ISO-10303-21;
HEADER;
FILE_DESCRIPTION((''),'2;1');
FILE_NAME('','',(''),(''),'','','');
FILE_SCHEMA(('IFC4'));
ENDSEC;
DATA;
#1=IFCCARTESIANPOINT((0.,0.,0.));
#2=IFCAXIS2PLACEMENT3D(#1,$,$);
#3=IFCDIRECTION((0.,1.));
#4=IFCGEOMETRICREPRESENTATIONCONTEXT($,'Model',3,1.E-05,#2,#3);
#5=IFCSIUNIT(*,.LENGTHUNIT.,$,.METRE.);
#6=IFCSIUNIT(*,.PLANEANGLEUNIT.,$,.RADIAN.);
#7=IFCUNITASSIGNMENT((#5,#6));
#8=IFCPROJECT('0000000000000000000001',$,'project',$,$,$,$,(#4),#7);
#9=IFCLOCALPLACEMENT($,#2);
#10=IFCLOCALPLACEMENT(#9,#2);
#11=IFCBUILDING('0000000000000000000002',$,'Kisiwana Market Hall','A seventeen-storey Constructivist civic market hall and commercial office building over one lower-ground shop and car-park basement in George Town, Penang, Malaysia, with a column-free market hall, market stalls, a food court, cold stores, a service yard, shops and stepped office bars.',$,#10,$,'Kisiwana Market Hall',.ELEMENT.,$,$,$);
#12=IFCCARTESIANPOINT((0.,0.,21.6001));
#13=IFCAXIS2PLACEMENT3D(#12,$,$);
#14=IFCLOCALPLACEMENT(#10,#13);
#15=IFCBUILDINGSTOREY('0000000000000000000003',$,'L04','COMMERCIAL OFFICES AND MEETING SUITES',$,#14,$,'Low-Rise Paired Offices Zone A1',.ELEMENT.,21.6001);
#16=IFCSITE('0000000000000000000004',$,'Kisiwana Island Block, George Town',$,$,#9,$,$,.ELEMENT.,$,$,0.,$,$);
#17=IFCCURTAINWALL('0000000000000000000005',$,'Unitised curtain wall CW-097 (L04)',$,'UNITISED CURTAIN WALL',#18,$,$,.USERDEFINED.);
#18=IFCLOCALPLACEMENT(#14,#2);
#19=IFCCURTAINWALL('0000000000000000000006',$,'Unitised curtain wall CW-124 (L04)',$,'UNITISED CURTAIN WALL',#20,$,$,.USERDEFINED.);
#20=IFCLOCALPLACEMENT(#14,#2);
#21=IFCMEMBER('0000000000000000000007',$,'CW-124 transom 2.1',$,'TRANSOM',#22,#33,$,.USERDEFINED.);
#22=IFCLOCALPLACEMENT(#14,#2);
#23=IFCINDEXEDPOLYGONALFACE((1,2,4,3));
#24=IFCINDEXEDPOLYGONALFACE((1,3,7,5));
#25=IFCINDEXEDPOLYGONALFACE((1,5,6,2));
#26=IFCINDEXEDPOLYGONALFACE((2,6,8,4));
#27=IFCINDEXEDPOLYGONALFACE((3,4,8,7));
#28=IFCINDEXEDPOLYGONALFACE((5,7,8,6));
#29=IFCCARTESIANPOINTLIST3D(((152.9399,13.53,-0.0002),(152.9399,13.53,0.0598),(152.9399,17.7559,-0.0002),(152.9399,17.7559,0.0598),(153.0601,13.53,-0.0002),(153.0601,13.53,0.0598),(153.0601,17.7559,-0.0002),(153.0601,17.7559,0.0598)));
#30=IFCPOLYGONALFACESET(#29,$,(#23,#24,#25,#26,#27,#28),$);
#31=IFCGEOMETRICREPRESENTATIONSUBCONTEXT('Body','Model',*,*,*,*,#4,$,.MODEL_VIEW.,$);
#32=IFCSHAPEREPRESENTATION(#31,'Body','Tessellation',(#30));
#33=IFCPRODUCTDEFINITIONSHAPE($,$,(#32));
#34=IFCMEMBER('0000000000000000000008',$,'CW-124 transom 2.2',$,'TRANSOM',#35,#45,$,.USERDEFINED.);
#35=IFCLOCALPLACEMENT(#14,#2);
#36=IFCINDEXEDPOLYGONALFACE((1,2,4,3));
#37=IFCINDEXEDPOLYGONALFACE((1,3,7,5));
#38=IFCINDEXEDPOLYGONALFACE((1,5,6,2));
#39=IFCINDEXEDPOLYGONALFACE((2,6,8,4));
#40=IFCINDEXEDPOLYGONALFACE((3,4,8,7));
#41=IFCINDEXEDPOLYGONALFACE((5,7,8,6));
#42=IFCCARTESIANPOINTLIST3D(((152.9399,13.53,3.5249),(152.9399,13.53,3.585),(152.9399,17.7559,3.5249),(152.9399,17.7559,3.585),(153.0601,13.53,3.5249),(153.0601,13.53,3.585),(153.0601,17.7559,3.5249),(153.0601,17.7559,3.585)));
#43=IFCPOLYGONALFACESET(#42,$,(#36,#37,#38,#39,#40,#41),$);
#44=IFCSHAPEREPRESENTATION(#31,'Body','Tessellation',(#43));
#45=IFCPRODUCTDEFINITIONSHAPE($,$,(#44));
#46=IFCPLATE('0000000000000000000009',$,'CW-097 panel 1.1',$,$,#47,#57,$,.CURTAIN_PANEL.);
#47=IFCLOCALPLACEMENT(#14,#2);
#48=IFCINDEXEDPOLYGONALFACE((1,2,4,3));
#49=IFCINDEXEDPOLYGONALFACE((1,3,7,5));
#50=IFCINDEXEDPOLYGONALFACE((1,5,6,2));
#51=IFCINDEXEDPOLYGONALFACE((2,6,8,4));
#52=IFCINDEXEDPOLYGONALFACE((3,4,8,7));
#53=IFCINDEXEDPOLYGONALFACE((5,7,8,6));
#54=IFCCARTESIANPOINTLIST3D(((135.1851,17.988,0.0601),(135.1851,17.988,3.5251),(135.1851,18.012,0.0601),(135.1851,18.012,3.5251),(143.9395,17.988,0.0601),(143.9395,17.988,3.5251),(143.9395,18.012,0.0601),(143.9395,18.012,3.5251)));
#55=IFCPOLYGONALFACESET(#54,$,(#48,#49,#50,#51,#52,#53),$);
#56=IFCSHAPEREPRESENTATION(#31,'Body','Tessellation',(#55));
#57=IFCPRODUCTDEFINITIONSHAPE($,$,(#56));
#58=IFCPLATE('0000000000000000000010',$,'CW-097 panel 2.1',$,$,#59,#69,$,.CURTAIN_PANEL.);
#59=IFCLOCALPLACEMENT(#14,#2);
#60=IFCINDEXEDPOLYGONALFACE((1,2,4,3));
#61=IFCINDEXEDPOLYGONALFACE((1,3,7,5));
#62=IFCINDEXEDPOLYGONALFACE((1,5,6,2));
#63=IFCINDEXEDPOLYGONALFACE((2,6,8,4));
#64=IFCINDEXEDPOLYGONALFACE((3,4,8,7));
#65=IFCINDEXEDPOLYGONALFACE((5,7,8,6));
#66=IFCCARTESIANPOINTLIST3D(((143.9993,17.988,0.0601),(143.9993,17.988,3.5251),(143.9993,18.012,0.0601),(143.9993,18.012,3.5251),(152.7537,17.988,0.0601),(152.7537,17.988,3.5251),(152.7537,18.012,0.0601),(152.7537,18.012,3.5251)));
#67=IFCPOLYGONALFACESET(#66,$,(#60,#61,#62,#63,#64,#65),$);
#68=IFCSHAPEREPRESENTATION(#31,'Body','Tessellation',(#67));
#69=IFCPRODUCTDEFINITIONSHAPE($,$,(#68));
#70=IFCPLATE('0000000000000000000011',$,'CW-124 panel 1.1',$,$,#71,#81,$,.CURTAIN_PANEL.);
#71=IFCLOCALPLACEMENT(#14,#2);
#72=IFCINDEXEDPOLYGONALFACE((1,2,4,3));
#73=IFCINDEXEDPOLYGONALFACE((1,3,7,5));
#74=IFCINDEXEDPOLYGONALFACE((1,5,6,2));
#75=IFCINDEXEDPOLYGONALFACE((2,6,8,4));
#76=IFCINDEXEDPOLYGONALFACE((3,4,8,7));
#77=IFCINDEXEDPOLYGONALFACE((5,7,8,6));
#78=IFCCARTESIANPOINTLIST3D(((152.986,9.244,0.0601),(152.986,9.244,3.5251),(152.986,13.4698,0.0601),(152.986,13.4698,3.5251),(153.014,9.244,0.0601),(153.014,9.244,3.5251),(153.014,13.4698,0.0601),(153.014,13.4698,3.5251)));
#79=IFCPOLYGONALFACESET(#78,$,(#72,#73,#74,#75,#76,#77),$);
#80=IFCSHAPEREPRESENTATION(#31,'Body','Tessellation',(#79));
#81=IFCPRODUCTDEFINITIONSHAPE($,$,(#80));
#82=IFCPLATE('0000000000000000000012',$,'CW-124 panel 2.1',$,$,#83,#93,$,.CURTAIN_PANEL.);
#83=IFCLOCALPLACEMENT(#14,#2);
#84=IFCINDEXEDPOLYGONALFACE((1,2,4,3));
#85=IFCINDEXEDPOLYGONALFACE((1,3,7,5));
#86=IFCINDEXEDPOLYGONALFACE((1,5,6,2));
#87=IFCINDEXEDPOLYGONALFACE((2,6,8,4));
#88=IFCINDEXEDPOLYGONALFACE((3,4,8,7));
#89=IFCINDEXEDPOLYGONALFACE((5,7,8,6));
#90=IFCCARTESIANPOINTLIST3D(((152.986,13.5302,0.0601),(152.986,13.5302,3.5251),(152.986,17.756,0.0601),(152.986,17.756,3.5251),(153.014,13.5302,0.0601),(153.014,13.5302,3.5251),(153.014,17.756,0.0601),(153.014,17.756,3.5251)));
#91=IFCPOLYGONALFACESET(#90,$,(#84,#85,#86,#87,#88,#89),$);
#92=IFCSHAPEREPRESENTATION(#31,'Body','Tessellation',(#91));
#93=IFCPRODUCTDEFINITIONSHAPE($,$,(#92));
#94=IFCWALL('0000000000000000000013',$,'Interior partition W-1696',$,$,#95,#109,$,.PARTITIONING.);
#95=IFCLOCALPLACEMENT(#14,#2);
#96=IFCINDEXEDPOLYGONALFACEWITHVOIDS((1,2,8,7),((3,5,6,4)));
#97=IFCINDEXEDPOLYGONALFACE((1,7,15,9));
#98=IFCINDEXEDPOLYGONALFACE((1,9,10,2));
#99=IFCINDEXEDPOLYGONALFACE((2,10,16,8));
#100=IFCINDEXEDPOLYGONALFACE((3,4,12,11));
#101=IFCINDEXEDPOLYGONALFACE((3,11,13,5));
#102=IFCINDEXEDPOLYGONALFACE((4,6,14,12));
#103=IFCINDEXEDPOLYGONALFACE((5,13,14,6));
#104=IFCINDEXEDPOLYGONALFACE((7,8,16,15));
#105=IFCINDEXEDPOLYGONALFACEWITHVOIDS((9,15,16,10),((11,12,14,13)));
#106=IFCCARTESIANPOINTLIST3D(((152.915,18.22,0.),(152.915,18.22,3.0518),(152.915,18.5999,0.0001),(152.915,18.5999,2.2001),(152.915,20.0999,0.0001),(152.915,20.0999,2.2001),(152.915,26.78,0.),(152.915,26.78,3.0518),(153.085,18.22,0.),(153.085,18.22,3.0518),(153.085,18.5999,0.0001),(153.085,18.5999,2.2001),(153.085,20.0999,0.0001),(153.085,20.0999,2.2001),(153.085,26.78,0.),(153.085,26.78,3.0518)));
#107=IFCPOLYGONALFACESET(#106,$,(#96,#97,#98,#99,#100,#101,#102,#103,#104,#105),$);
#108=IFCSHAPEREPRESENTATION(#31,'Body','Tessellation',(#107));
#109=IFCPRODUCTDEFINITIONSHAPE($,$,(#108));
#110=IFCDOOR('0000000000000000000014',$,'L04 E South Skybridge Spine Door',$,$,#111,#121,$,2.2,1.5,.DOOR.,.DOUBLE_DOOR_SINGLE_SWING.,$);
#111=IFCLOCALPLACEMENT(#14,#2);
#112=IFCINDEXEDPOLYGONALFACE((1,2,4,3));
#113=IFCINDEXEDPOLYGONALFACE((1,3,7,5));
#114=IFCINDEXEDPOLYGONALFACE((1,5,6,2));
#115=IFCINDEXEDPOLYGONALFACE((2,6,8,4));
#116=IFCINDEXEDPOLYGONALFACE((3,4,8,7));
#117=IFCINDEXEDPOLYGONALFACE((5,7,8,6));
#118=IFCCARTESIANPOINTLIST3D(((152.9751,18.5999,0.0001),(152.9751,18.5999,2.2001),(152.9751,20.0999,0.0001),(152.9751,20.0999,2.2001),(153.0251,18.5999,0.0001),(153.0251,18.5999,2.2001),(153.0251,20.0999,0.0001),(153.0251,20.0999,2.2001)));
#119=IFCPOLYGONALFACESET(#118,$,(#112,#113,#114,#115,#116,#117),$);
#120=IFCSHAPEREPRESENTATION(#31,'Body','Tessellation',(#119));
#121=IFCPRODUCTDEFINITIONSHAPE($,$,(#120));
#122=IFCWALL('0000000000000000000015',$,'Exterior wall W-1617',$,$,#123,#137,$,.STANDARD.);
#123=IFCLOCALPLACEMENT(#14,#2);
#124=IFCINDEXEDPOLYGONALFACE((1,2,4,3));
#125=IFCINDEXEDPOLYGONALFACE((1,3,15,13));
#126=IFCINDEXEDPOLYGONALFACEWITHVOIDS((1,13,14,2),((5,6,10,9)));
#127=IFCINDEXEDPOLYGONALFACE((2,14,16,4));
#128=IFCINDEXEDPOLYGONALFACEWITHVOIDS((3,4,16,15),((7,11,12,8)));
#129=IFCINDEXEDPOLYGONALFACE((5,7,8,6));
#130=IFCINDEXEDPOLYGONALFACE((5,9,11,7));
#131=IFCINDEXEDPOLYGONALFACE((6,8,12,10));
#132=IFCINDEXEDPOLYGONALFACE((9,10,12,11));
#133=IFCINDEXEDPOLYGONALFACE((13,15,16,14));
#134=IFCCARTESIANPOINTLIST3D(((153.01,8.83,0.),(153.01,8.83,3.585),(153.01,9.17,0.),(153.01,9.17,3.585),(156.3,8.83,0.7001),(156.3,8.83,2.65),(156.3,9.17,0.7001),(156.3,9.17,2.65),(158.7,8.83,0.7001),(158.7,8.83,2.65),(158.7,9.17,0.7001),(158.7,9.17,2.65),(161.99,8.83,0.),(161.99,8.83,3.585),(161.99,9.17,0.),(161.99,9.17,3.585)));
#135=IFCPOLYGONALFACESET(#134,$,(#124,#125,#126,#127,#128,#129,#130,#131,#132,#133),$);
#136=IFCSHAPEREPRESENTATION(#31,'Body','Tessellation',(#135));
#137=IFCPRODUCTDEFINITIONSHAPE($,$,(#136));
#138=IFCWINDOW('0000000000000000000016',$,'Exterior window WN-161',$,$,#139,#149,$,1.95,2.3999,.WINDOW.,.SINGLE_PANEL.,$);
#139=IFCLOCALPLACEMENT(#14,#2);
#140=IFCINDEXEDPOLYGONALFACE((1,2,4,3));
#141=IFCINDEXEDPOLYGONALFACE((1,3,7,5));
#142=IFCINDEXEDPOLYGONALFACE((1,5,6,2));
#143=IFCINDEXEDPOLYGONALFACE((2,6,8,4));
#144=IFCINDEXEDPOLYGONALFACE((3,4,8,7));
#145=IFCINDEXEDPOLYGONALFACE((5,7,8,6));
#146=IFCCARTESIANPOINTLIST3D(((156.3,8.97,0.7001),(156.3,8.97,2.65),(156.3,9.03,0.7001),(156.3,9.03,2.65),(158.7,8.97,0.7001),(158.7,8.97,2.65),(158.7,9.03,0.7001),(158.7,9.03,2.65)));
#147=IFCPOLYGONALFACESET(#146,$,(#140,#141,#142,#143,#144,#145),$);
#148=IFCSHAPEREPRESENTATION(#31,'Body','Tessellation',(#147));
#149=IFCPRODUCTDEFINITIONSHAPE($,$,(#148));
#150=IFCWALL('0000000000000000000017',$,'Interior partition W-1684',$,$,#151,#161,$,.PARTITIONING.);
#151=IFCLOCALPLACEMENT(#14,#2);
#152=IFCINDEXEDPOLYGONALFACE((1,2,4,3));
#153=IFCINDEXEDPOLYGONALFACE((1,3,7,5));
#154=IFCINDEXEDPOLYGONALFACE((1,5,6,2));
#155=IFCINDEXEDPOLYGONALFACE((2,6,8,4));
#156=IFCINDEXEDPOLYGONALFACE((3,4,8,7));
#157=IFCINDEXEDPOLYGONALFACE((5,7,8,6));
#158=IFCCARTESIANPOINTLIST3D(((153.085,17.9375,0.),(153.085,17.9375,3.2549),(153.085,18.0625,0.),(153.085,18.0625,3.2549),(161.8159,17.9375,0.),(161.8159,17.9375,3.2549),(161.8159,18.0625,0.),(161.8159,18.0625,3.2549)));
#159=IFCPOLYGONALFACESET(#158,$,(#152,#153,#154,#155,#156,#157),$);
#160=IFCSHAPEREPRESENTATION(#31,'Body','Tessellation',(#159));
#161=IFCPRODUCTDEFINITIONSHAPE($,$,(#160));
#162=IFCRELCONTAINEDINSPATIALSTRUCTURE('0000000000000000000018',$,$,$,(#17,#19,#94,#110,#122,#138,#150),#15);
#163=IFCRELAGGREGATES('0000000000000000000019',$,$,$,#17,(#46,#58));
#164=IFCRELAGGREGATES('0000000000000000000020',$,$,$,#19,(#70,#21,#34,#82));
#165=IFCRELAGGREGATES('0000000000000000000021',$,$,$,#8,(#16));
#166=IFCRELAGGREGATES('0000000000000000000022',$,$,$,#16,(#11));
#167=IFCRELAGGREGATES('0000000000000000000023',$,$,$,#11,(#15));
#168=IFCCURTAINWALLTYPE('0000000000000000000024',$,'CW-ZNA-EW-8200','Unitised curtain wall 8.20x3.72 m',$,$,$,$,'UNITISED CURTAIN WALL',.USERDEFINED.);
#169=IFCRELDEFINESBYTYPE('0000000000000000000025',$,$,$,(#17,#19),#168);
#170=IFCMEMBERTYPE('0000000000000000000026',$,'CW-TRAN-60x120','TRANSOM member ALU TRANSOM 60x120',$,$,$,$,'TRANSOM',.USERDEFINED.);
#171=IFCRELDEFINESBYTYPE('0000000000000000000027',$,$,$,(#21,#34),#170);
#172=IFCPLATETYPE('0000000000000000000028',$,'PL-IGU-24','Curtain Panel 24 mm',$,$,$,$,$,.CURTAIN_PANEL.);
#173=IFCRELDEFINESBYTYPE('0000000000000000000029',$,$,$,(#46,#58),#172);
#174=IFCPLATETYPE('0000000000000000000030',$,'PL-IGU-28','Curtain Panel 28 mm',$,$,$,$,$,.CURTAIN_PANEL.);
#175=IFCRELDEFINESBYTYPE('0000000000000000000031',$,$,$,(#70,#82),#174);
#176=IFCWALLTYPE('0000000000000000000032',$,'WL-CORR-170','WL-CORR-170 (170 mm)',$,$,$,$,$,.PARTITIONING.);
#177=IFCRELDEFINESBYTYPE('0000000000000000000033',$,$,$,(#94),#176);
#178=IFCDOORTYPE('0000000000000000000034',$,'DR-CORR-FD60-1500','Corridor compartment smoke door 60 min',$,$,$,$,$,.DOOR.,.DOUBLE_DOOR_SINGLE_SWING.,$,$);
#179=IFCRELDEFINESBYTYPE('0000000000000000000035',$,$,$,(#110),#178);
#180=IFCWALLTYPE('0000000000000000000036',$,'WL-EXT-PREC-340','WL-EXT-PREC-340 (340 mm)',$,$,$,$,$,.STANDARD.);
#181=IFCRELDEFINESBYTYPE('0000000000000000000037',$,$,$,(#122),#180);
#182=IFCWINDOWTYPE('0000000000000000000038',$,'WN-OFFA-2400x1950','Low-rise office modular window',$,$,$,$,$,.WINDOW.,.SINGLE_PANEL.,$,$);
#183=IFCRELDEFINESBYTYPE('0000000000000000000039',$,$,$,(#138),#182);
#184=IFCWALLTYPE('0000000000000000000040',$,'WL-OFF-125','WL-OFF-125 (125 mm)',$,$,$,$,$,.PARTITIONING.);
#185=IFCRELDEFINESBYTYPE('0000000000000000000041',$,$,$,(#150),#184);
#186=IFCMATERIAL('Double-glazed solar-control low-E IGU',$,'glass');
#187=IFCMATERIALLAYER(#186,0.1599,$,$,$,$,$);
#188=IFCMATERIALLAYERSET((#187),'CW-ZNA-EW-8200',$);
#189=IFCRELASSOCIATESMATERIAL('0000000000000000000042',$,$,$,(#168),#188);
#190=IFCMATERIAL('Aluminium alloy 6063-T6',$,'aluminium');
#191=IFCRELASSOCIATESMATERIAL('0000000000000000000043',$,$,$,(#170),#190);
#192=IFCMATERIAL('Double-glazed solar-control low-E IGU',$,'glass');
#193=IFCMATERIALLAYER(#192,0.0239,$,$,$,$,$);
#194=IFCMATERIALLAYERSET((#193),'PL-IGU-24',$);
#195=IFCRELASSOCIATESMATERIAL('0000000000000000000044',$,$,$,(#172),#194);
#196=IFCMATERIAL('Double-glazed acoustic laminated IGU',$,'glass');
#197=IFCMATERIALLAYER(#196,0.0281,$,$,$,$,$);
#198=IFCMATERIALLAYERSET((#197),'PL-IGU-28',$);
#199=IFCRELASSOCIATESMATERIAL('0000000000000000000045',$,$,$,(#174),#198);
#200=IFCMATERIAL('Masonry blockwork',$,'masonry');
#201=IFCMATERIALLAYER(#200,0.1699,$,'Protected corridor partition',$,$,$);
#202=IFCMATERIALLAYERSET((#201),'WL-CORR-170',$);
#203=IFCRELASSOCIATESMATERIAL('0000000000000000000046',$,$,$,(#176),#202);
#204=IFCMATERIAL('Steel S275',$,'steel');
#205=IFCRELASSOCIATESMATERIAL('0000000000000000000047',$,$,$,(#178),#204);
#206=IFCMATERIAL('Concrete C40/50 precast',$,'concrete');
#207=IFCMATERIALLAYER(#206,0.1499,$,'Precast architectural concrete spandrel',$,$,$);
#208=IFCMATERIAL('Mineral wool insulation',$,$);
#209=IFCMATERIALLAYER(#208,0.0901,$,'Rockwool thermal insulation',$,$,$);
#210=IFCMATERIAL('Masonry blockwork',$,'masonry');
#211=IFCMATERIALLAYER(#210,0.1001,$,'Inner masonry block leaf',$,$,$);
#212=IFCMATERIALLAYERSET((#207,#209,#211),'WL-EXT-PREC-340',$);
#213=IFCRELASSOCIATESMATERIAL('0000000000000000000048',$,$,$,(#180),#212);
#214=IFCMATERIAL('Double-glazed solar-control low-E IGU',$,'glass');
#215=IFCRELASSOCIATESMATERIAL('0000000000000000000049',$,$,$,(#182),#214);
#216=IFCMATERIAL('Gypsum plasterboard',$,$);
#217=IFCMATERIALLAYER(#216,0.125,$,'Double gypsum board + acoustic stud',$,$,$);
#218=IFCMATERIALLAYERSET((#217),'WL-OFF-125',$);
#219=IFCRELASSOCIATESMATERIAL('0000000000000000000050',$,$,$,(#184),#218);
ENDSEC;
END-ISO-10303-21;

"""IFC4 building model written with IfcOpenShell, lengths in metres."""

from ifc_helpers import new_model, si_unit, direction, frame, frame_2d, origin, origin_2d, place, context, subcontext, project, spatial, rectangle, extrude, material, layer, layer_set, material_profile, profile_set, type_object, element, fill, aggregate, save


model = new_model("IFC4")

# Units and contexts
model_context = context("Model", 3, precision=1e-05, world=origin(), true_north=direction((0.0, 1.0)))
body_context = subcontext(model_context, "Body", "Model", "MODEL_VIEW")
ifc_project = project(units=[si_unit("LENGTHUNIT", "METRE"), si_unit("PLANEANGLEUNIT", "RADIAN")], contexts=[model_context])

# Site, building, storey
site_placement = place(None, origin())
site = spatial("IfcSite", under=ifc_project, at=site_placement, Name="Kisiwana Island Block, George Town", CompositionType="ELEMENT", RefElevation=0.0)
building_placement = place(site_placement, origin())
building = spatial("IfcBuilding", under=site, at=building_placement, Name="Kisiwana Market Hall", Description="A seventeen-storey Constructivist civic market hall and commercial office building over one lower-ground shop and car-park basement in George Town, Penang, Malaysia, with a column-free market hall, market stalls, a food court, cold stores, a service yard, shops and stepped office bars.", LongName="Kisiwana Market Hall", CompositionType="ELEMENT")
storey_placement = place(building_placement, frame((0.0, 0.0, 21.6001)))
storey = spatial("IfcBuildingStorey", under=building, at=storey_placement, Name="L04", Description="COMMERCIAL OFFICES AND MEETING SUITES", LongName="Low-Rise Paired Offices Zone A1", CompositionType="ELEMENT", Elevation=21.6001)

# Curtain walls
ifc_material_1 = material(Name="Double-glazed solar-control low-E IGU", Category="glass")
ifc_layer_1 = layer(ifc_material_1, 0.1599)
ifc_layer_set_1 = layer_set([ifc_layer_1], Name="CW-ZNA-EW-8200")
curtain_wall_type = type_object("IfcCurtainWallType", Name="CW-ZNA-EW-8200", Description="Unitised curtain wall 8.20x3.72 m", ElementType="UNITISED CURTAIN WALL", PredefinedType="USERDEFINED", material=ifc_layer_set_1)
curtain_wall_1_placement = place(storey_placement, origin())
curtain_wall_1 = element("IfcCurtainWall", 1, at=curtain_wall_1_placement, inside=storey, type_object=curtain_wall_type, Name="Unitised curtain wall CW-097 (L04)", ObjectType="UNITISED CURTAIN WALL", PredefinedType="USERDEFINED")
curtain_wall_2_placement = place(storey_placement, origin())
curtain_wall_2 = element("IfcCurtainWall", 2, at=curtain_wall_2_placement, inside=storey, type_object=curtain_wall_type, Name="Unitised curtain wall CW-124 (L04)", ObjectType="UNITISED CURTAIN WALL", PredefinedType="USERDEFINED")

# Members
ifc_material_2 = material(Name="Aluminium alloy 6063-T6", Category="aluminium")
ifc_material_profile_1 = material_profile(ifc_material_2, rectangle(XDim=0.1201, YDim=0.0601, at=origin_2d()), Name="ALU TRANSOM 60x120")
ifc_profile_set_1 = profile_set([ifc_material_profile_1], Name="Aluminium alloy 6063-T6")
member_type_1 = type_object("IfcMemberType", Name="CW-TRAN-60x120", Description="TRANSOM member ALU TRANSOM 60x120", ElementType="TRANSOM", PredefinedType="USERDEFINED", material=ifc_profile_set_1)
member_1_placement = place(storey_placement, frame((153.0, 13.53, 0.0298), z_axis=(0.0, 1.0, 0.0), x_axis=(-1.0, 0.0, 0.0)))
member_1 = element("IfcMember", 3, at=member_1_placement, type_object=member_type_1, Name="CW-124 transom 2.1", ObjectType="TRANSOM", PredefinedType="USERDEFINED", context=body_context, shape_type="SweptSolid", body=[
    extrude(rectangle(XDim=0.1201, YDim=0.0601, at=origin_2d()), origin(), (0.0, 0.0, 1.0), 4.2258),
])
member_2_placement = place(storey_placement, frame((153.0, 13.53, 3.5549), z_axis=(0.0, 1.0, 0.0), x_axis=(-1.0, 0.0, 0.0)))
member_2 = element("IfcMember", 4, at=member_2_placement, type_object=member_type_1, Name="CW-124 transom 2.2", ObjectType="TRANSOM", PredefinedType="USERDEFINED", context=body_context, shape_type="SweptSolid", body=[
    extrude(rectangle(XDim=0.1201, YDim=0.0601, at=origin_2d()), origin(), (0.0, 0.0, 1.0), 4.2258),
])

# Plates
ifc_material_3 = material(Name="Double-glazed solar-control low-E IGU", Category="glass")
ifc_layer_2 = layer(ifc_material_3, 0.0239)
ifc_layer_set_2 = layer_set([ifc_layer_2], Name="PL-IGU-24")
plate_type_1 = type_object("IfcPlateType", Name="PL-IGU-24", Description="Curtain Panel 24 mm", PredefinedType="CURTAIN_PANEL", material=ifc_layer_set_2)
plate_1_placement = place(storey_placement, frame((139.5623, 18.0, 0.0601), z_axis=(0.0, 0.0, 1.0), x_axis=(1.0, 0.0, 0.0)))
plate_1 = element("IfcPlate", 5, at=plate_1_placement, type_object=plate_type_1, Name="CW-097 panel 1.1", PredefinedType="CURTAIN_PANEL", context=body_context, shape_type="SweptSolid", body=[
    extrude(rectangle(XDim=8.7544, YDim=0.0239, at=origin_2d()), origin(), (0.0, 0.0, 1.0), 3.4651),
])
plate_2_placement = place(storey_placement, frame((148.3765, 18.0, 0.0601), z_axis=(0.0, 0.0, 1.0), x_axis=(1.0, 0.0, 0.0)))
plate_2 = element("IfcPlate", 6, at=plate_2_placement, type_object=plate_type_1, Name="CW-097 panel 2.1", PredefinedType="CURTAIN_PANEL", context=body_context, shape_type="SweptSolid", body=[
    extrude(rectangle(XDim=8.7544, YDim=0.0239, at=origin_2d()), origin(), (0.0, 0.0, 1.0), 3.4651),
])
aggregate(curtain_wall_1, [plate_1, plate_2])
ifc_material_4 = material(Name="Double-glazed acoustic laminated IGU", Category="glass")
ifc_layer_3 = layer(ifc_material_4, 0.0281)
ifc_layer_set_3 = layer_set([ifc_layer_3], Name="PL-IGU-28")
plate_type_2 = type_object("IfcPlateType", Name="PL-IGU-28", Description="Curtain Panel 28 mm", PredefinedType="CURTAIN_PANEL", material=ifc_layer_set_3)
plate_3_placement = place(storey_placement, frame((153.0, 11.3569, 0.0601), z_axis=(0.0, 0.0, 1.0), x_axis=(0.0, 1.0, 0.0)))
plate_3 = element("IfcPlate", 7, at=plate_3_placement, type_object=plate_type_2, Name="CW-124 panel 1.1", PredefinedType="CURTAIN_PANEL", context=body_context, shape_type="SweptSolid", body=[
    extrude(rectangle(XDim=4.2258, YDim=0.0281, at=origin_2d()), origin(), (0.0, 0.0, 1.0), 3.4651),
])
plate_4_placement = place(storey_placement, frame((153.0, 15.6431, 0.0601), z_axis=(0.0, 0.0, 1.0), x_axis=(0.0, 1.0, 0.0)))
plate_4 = element("IfcPlate", 8, at=plate_4_placement, type_object=plate_type_2, Name="CW-124 panel 2.1", PredefinedType="CURTAIN_PANEL", context=body_context, shape_type="SweptSolid", body=[
    extrude(rectangle(XDim=4.2258, YDim=0.0281, at=origin_2d()), origin(), (0.0, 0.0, 1.0), 3.4651),
])
aggregate(curtain_wall_2, [plate_3, member_1, member_2, plate_4])

# Wall, opening, door
ifc_material_5 = material(Name="Masonry blockwork", Category="masonry")
ifc_layer_4 = layer(ifc_material_5, 0.1699, Name="Protected corridor partition")
ifc_layer_set_4 = layer_set([ifc_layer_4], Name="WL-CORR-170")
wall_type_1 = type_object("IfcWallType", Name="WL-CORR-170", Description="WL-CORR-170 (170 mm)", PredefinedType="PARTITIONING", material=ifc_layer_set_4)
wall_1_placement = place(storey_placement, frame((153.0, 18.22, 0.0), z_axis=(0.0, 0.0, 1.0), x_axis=(0.0, 1.0, 0.0)))
wall_1 = element("IfcWall", 9, at=wall_1_placement, inside=storey, type_object=wall_type_1, Name="Interior partition W-1696", PredefinedType="PARTITIONING", context=body_context, shape_type="SweptSolid", body=[
    extrude(rectangle(XDim=8.5601, YDim=0.1699, at=frame_2d((4.28, 0.0))), origin(), (0.0, 0.0, 1.0), 3.0518),
])
opening_1_placement = place(wall_1_placement, frame((0.3799, 0.0, 0.0)))
opening_1 = element("IfcOpeningElement", 10, at=opening_1_placement, cuts=wall_1, PredefinedType="OPENING", context=body_context, shape_type="SweptSolid", body=[
    extrude(rectangle(XDim=1.5, YDim=2.2, at=frame_2d((0.75, 1.1001))), frame((0.0, 0.0969, 0.0), z_axis=(0.0, -1.0, 0.0), x_axis=(1.0, 0.0, 0.0)), (0.0, 0.0, 1.0), 0.1938),
])
ifc_material_6 = material(Name="Steel S275", Category="steel")
door_type_1 = type_object("IfcDoorType", Name="DR-CORR-FD60-1500", Description="Corridor compartment smoke door 60 min", OperationType="DOUBLE_DOOR_SINGLE_SWING", PredefinedType="DOOR", material=ifc_material_6)
door_1_placement = place(opening_1_placement, origin())
door_1 = element("IfcDoor", 11, at=door_1_placement, inside=storey, type_object=door_type_1, Name="L04 E South Skybridge Spine Door", OperationType="DOUBLE_DOOR_SINGLE_SWING", OverallHeight=2.2, OverallWidth=1.5, PredefinedType="DOOR", context=body_context, shape_type="SweptSolid", body=[
    extrude(rectangle(XDim=1.5, YDim=2.2, at=frame_2d((0.75, 1.1001))), frame((0.0, 0.0249, 0.0), z_axis=(0.0, -1.0, 0.0), x_axis=(1.0, 0.0, 0.0)), (0.0, 0.0, 1.0), 0.05),
])
fill(opening_1, door_1)

# Wall, opening, window
ifc_material_7 = material(Name="Concrete C40/50 precast", Category="concrete")
ifc_layer_5 = layer(ifc_material_7, 0.1499, Name="Precast architectural concrete spandrel")
ifc_material_8 = material(Name="Mineral wool insulation")
ifc_layer_6 = layer(ifc_material_8, 0.0901, Name="Rockwool thermal insulation")
ifc_material_9 = material(Name="Masonry blockwork", Category="masonry")
ifc_layer_7 = layer(ifc_material_9, 0.1001, Name="Inner masonry block leaf")
ifc_layer_set_5 = layer_set([ifc_layer_5, ifc_layer_6, ifc_layer_7], Name="WL-EXT-PREC-340")
wall_type_2 = type_object("IfcWallType", Name="WL-EXT-PREC-340", Description="WL-EXT-PREC-340 (340 mm)", PredefinedType="STANDARD", material=ifc_layer_set_5)
wall_2_placement = place(storey_placement, frame((153.01, 9.0, 0.0), z_axis=(0.0, 0.0, 1.0), x_axis=(1.0, 0.0, 0.0)))
wall_2 = element("IfcWall", 12, at=wall_2_placement, inside=storey, type_object=wall_type_2, Name="Exterior wall W-1617", PredefinedType="STANDARD", context=body_context, shape_type="SweptSolid", body=[
    extrude(rectangle(XDim=8.98, YDim=0.3401, at=frame_2d((4.49, 0.0))), origin(), (0.0, 0.0, 1.0), 3.585),
])
opening_2_placement = place(wall_2_placement, frame((3.29, 0.0, 0.7)))
opening_2 = element("IfcOpeningElement", 13, at=opening_2_placement, cuts=wall_2, PredefinedType="OPENING", context=body_context, shape_type="SweptSolid", body=[
    extrude(rectangle(XDim=2.3999, YDim=1.95, at=frame_2d((1.2, 0.9751))), frame((0.0, 0.1821, 0.0), z_axis=(0.0, -1.0, 0.0), x_axis=(1.0, 0.0, 0.0)), (0.0, 0.0, 1.0), 0.364),
])
ifc_material_10 = material(Name="Double-glazed solar-control low-E IGU", Category="glass")
window_type = type_object("IfcWindowType", Name="WN-OFFA-2400x1950", Description="Low-rise office modular window", PartitioningType="SINGLE_PANEL", PredefinedType="WINDOW", material=ifc_material_10)
window_placement = place(opening_2_placement, origin())
window = element("IfcWindow", 14, at=window_placement, inside=storey, type_object=window_type, Name="Exterior window WN-161", OverallHeight=1.95, OverallWidth=2.3999, PartitioningType="SINGLE_PANEL", PredefinedType="WINDOW", context=body_context, shape_type="SweptSolid", body=[
    extrude(rectangle(XDim=2.3999, YDim=1.95, at=frame_2d((1.2, 0.9751))), frame((0.0, 0.03, 0.0), z_axis=(0.0, -1.0, 0.0), x_axis=(1.0, 0.0, 0.0)), (0.0, 0.0, 1.0), 0.0601),
])
fill(opening_2, window)

# Wall
ifc_material_11 = material(Name="Gypsum plasterboard")
ifc_layer_8 = layer(ifc_material_11, 0.125, Name="Double gypsum board + acoustic stud")
ifc_layer_set_6 = layer_set([ifc_layer_8], Name="WL-OFF-125")
wall_type_3 = type_object("IfcWallType", Name="WL-OFF-125", Description="WL-OFF-125 (125 mm)", PredefinedType="PARTITIONING", material=ifc_layer_set_6)
wall_3_placement = place(storey_placement, frame((153.085, 18.0, 0.0), z_axis=(0.0, 0.0, 1.0), x_axis=(1.0, 0.0, 0.0)))
element("IfcWall", 15, at=wall_3_placement, inside=storey, type_object=wall_type_3, Name="Interior partition W-1684", PredefinedType="PARTITIONING", context=body_context, shape_type="SweptSolid", body=[
    extrude(rectangle(XDim=8.731, YDim=0.125, at=frame_2d((4.3655, 0.0))), origin(), (0.0, 0.0, 1.0), 3.2549),
])

save(model, "model.ifc")
